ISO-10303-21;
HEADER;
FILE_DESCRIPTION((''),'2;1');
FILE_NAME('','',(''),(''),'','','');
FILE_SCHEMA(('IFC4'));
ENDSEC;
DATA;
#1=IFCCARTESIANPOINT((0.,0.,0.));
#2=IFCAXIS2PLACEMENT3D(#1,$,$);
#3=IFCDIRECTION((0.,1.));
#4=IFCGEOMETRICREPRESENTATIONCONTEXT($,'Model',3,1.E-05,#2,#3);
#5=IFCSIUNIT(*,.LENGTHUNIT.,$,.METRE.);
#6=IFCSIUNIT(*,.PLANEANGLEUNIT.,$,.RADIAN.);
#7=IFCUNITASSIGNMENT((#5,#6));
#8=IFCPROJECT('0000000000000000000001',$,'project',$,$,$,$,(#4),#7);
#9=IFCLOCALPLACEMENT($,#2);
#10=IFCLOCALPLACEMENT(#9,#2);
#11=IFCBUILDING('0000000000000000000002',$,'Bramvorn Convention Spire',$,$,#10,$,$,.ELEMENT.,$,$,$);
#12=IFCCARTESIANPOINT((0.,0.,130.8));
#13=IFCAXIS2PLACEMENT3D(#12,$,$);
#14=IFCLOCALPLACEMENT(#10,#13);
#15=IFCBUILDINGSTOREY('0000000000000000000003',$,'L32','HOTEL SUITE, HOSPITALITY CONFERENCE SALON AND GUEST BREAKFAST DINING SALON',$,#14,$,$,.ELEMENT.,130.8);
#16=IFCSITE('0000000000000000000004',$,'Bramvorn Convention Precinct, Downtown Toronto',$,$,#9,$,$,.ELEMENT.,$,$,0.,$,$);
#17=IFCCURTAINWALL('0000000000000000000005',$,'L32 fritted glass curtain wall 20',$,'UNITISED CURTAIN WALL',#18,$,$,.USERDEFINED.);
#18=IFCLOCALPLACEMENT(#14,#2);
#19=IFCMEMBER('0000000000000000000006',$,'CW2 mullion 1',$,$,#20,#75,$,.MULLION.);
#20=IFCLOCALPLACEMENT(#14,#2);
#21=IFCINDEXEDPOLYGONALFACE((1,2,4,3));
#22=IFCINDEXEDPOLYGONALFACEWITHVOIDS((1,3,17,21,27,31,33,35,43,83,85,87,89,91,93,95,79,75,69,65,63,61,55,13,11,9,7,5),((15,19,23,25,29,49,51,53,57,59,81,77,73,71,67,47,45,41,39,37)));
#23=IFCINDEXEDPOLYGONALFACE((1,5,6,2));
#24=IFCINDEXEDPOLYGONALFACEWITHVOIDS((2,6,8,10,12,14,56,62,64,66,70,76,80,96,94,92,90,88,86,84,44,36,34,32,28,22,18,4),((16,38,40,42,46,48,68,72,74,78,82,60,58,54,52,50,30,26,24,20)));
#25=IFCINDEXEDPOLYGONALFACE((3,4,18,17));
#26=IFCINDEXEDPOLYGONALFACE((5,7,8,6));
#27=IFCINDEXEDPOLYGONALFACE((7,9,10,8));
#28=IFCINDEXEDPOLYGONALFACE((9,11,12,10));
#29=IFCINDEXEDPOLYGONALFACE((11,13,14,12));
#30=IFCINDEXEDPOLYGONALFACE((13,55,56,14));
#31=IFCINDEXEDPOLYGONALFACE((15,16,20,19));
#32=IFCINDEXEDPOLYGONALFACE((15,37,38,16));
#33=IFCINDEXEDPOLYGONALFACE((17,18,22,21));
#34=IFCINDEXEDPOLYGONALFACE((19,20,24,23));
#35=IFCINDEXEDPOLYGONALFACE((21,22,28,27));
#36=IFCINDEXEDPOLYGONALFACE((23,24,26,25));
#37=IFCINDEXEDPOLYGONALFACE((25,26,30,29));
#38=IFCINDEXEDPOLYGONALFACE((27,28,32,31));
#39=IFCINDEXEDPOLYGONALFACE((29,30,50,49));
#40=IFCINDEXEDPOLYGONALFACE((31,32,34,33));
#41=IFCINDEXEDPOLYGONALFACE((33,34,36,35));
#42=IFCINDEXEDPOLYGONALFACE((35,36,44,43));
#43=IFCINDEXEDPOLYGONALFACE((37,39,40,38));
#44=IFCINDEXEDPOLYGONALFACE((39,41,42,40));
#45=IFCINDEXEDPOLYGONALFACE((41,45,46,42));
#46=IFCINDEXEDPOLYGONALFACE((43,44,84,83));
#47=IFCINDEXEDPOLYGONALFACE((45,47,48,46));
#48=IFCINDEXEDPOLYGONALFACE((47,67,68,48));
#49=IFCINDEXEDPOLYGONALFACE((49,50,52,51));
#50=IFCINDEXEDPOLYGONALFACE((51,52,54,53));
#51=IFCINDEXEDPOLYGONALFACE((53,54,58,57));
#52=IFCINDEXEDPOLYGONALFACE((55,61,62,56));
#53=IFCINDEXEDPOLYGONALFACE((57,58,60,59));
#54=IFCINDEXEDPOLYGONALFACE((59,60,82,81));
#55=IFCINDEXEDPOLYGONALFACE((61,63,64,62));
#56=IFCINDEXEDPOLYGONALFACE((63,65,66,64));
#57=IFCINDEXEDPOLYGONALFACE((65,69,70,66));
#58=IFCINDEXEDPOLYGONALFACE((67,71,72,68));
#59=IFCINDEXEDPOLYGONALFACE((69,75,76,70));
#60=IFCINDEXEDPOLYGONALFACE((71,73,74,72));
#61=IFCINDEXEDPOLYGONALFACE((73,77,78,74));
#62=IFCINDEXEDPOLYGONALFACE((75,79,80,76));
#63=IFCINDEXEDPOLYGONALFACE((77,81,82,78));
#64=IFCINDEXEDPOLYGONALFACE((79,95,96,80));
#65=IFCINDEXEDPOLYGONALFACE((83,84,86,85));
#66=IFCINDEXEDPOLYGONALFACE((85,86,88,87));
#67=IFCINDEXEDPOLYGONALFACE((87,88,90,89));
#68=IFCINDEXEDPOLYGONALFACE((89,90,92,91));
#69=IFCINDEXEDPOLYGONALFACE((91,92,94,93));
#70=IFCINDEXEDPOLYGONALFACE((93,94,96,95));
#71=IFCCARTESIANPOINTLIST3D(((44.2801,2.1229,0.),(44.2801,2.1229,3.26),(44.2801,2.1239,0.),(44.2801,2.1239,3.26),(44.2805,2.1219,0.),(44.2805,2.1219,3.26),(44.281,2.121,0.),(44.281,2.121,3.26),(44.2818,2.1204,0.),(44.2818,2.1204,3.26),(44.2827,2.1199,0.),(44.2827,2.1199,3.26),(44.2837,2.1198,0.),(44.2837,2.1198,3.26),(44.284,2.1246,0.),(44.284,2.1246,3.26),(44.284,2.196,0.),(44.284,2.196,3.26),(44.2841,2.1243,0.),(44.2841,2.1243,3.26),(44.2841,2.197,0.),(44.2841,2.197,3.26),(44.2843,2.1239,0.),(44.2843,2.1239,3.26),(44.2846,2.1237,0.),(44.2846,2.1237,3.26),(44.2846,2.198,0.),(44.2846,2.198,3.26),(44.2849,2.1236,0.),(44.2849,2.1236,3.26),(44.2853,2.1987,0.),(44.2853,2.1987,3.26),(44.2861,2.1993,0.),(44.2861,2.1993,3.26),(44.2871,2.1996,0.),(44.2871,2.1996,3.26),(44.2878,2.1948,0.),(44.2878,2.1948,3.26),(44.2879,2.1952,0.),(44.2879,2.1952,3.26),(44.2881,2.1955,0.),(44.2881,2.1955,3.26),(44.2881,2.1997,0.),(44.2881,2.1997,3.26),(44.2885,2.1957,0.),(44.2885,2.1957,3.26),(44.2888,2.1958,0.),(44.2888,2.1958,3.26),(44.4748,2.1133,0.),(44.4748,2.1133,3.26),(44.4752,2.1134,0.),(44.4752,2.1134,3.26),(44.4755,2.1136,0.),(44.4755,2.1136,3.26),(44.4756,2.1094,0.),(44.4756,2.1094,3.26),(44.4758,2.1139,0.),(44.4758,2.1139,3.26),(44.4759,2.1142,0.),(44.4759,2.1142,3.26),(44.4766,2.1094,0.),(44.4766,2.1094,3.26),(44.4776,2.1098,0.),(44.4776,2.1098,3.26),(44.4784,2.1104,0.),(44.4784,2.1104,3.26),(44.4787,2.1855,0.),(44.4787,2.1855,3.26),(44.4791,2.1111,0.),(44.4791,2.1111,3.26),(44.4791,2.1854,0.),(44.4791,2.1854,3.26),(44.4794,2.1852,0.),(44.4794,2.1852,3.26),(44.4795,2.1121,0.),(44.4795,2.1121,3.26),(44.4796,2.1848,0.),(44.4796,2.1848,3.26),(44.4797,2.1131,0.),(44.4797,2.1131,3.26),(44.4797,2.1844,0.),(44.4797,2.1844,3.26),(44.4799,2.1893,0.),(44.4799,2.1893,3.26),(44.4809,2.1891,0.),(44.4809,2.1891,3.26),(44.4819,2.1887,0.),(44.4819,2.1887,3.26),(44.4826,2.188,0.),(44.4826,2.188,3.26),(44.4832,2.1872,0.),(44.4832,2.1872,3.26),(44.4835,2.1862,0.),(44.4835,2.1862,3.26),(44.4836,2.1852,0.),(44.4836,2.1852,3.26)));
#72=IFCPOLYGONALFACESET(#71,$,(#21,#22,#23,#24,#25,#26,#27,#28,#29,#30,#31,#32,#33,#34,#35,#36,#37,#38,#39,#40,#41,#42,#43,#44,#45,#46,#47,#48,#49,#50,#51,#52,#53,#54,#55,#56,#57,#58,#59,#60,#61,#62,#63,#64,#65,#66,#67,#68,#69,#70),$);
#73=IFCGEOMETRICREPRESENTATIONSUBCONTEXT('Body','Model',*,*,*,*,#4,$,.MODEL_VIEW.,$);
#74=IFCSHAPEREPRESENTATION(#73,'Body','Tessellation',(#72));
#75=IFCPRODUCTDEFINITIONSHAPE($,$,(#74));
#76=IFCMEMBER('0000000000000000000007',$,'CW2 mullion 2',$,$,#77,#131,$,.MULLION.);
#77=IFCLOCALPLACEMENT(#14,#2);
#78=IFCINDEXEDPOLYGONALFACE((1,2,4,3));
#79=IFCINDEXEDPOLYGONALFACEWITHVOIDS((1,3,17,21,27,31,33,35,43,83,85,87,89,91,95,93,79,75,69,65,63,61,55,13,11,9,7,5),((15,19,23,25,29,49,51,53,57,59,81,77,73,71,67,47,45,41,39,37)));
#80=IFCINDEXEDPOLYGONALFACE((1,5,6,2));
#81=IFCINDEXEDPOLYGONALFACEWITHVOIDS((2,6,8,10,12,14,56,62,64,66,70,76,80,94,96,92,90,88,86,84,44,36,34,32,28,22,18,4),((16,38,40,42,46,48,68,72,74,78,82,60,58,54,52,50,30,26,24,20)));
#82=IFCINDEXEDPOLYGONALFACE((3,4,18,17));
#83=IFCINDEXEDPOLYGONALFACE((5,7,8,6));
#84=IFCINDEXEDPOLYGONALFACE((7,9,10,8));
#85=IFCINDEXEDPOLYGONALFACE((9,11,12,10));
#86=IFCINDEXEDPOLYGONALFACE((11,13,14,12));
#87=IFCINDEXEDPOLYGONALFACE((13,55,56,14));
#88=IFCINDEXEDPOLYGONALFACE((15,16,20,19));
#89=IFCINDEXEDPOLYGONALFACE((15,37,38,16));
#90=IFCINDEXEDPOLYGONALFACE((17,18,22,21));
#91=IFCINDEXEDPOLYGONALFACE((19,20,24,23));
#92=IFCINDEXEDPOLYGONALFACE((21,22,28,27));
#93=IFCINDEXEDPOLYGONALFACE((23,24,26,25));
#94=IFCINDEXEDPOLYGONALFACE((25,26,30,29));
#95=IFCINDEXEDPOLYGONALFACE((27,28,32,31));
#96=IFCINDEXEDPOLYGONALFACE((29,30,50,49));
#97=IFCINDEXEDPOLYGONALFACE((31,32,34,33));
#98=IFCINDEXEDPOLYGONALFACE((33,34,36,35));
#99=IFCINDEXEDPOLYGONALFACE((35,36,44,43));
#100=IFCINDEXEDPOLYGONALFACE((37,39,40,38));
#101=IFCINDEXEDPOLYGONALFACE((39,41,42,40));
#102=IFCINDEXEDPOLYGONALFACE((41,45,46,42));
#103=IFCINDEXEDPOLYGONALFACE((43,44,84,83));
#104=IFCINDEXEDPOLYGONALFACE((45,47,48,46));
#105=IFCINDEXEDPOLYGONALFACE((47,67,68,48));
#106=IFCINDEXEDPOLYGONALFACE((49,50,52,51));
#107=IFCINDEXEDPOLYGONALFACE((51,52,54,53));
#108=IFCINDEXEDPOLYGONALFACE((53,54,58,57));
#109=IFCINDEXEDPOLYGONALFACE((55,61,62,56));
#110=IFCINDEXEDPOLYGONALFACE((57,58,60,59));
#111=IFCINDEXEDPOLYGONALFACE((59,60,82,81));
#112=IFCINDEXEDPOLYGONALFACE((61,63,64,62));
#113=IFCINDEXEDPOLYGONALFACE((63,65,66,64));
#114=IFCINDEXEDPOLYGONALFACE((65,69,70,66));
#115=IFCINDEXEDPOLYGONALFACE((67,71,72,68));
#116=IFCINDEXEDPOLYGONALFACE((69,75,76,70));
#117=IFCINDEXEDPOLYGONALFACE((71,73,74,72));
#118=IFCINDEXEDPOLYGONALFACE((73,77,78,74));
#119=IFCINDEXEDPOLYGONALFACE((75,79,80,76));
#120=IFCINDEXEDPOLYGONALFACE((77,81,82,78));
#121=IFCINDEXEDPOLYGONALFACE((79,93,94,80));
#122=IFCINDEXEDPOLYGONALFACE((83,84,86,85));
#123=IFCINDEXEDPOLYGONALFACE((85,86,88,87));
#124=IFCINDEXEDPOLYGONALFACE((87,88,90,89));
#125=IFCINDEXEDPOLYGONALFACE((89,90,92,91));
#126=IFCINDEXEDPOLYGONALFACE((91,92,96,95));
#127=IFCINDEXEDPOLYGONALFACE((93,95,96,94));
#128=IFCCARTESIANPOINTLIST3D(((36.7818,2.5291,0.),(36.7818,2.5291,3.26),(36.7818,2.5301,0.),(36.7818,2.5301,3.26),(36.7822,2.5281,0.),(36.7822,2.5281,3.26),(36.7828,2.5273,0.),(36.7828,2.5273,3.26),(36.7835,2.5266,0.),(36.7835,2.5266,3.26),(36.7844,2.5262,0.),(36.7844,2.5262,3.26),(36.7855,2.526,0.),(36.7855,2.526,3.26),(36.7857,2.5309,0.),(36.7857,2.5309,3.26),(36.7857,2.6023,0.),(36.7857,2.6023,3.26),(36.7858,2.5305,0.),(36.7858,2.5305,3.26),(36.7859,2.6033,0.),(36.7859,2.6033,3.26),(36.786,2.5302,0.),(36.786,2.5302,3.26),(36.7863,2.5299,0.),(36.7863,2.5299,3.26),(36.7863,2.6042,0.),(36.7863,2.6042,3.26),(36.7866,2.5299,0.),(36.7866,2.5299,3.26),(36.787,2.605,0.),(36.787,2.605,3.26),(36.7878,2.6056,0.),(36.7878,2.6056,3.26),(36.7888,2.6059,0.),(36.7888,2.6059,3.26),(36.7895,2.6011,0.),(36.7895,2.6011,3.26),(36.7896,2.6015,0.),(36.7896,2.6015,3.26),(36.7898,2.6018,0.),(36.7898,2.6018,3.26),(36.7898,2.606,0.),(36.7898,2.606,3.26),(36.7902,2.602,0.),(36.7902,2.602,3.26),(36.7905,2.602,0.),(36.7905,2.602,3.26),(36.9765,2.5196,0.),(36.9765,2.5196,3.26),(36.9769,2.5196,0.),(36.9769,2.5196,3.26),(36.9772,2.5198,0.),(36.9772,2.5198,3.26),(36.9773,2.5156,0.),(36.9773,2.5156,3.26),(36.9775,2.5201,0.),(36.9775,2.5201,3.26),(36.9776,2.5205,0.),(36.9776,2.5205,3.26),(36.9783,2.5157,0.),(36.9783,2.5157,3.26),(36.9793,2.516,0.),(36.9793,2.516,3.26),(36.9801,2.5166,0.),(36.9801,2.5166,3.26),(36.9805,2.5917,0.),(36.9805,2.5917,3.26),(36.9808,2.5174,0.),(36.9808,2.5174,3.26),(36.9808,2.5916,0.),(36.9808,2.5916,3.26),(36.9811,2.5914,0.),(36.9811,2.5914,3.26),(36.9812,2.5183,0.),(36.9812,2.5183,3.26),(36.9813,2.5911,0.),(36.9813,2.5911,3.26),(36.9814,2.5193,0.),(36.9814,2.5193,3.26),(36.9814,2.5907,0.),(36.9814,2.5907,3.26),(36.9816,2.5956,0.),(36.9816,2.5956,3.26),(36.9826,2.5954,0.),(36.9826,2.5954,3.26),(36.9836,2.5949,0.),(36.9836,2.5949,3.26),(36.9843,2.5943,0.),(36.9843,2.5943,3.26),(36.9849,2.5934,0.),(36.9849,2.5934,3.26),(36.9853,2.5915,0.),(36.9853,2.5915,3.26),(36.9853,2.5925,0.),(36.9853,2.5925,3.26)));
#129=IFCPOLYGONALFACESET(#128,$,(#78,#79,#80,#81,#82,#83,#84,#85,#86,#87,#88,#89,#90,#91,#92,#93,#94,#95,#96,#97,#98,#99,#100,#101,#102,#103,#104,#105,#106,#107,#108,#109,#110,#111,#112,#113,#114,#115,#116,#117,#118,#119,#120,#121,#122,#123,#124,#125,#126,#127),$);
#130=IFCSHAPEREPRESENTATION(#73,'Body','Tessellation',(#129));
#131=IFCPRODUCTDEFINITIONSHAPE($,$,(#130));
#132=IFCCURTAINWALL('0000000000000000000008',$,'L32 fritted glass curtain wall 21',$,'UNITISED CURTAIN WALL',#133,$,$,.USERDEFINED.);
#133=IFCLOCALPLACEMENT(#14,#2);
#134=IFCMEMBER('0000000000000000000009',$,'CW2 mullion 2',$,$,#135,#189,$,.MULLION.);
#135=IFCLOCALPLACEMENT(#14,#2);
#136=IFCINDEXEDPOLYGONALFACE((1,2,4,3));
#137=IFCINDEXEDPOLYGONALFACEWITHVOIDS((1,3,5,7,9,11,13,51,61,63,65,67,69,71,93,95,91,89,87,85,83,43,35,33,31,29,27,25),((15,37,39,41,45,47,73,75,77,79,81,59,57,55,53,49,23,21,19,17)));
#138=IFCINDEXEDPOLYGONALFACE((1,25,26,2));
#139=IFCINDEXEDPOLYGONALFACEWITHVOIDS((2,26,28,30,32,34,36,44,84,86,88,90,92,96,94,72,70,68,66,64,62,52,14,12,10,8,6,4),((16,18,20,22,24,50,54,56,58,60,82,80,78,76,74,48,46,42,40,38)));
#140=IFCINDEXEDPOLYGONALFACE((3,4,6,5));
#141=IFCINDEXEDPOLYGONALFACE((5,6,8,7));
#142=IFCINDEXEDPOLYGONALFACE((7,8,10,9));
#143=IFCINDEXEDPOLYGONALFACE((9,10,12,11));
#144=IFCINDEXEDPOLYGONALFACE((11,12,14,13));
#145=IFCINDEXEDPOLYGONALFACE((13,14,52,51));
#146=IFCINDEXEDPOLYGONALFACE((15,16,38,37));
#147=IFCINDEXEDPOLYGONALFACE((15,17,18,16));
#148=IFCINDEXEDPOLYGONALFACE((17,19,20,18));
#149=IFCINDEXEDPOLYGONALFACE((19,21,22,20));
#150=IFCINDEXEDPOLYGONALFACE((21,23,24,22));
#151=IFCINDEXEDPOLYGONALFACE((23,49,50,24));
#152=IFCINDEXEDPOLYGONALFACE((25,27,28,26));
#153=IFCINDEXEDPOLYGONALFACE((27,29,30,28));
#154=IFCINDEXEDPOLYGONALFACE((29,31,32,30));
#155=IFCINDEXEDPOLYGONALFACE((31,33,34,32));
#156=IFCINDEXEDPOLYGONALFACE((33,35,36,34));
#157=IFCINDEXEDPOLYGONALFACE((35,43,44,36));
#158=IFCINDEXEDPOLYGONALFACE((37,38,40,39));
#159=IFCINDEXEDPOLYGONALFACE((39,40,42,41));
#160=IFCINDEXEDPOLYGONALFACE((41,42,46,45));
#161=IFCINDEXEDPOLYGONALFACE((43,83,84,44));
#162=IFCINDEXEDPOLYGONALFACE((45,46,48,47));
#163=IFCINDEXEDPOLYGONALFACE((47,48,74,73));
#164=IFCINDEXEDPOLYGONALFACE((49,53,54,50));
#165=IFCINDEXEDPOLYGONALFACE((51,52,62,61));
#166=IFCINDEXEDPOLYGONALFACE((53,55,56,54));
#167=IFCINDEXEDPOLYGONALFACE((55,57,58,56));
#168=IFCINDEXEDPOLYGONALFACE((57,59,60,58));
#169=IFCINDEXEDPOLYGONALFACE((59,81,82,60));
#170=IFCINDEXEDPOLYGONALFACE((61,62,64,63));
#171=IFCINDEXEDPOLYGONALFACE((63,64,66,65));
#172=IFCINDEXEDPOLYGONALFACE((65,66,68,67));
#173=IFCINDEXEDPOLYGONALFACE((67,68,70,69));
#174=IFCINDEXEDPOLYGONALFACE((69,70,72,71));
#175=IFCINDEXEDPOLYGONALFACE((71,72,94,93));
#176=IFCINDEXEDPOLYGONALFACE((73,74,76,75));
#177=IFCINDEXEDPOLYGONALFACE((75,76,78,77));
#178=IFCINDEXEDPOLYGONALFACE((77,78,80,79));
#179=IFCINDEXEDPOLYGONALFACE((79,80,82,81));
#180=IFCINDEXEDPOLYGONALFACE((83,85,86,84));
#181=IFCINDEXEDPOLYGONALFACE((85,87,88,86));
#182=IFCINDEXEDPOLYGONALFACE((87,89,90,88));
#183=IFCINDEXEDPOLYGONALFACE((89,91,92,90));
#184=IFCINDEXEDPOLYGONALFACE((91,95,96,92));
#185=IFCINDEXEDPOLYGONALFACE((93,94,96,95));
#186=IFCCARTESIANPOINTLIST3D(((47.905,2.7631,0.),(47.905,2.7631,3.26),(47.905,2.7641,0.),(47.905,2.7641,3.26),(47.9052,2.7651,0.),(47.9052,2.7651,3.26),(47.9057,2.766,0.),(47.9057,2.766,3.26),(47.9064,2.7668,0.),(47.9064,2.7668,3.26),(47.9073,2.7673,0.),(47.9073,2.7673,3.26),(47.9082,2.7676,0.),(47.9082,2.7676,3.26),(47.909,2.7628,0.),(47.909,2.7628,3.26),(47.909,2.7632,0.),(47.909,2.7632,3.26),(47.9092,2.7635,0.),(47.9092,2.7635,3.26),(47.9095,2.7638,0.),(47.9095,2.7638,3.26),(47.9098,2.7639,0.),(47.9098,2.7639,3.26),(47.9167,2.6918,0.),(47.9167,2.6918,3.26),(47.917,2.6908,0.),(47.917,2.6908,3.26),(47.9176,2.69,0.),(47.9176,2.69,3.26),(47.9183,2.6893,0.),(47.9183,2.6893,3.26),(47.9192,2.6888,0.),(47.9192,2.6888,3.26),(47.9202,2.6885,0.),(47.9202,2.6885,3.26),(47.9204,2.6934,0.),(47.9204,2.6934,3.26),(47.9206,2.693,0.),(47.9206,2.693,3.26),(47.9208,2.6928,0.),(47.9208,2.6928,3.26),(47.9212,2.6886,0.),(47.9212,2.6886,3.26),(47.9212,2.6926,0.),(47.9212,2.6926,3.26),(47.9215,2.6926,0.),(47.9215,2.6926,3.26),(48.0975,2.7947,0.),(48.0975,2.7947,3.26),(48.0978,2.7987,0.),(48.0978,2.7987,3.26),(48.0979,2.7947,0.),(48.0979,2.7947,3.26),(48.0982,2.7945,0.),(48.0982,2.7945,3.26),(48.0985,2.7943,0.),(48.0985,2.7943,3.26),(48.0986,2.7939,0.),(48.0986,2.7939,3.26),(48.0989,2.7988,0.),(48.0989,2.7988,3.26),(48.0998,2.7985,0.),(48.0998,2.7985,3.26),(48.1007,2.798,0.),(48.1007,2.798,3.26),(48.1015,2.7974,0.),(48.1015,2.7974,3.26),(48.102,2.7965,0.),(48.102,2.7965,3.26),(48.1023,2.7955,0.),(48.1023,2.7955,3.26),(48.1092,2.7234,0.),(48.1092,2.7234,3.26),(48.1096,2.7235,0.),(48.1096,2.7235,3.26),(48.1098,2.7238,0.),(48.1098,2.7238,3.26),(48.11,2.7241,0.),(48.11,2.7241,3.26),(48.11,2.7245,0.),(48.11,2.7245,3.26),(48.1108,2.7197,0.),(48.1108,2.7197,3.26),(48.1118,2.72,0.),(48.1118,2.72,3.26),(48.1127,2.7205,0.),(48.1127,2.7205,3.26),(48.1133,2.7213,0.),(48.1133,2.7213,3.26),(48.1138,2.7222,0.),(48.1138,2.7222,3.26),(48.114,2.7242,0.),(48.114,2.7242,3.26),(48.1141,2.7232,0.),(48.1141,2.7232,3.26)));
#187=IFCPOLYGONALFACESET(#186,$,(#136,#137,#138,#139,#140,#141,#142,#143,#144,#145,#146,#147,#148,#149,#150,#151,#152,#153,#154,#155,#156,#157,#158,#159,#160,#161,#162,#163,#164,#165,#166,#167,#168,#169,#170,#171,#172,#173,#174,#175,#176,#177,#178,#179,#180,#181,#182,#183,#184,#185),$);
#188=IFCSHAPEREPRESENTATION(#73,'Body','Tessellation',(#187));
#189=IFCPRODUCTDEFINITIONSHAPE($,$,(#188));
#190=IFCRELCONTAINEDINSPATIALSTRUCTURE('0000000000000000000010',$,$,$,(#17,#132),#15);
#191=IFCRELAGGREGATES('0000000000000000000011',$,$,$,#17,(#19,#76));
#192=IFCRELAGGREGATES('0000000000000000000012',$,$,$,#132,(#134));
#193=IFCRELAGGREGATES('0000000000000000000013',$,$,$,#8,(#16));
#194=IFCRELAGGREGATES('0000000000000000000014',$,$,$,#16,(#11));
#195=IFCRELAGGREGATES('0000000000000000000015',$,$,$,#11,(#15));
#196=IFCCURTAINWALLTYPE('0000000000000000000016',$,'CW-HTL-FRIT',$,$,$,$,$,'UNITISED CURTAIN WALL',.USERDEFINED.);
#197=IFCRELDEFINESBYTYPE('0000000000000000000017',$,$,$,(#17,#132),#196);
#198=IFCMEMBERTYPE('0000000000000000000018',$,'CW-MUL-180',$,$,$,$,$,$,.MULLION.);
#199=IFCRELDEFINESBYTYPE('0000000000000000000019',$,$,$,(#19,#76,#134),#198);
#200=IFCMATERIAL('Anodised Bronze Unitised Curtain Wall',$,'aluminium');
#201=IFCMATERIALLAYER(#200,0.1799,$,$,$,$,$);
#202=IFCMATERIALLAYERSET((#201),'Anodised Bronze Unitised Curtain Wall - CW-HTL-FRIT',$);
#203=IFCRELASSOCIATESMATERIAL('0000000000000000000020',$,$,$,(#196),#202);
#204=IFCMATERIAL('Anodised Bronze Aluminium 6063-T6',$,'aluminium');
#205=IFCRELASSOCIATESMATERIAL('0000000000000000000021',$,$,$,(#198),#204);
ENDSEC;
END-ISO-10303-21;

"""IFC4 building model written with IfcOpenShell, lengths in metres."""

from ifc_helpers import new_model, si_unit, direction, frame, origin, origin_2d, place, context, subcontext, project, spatial, hollow_rectangle, extrude, material, layer, layer_set, material_profile, profile_set, type_object, element, aggregate, save


model = new_model("IFC4")

# Units and contexts
model_context = context("Model", 3, precision=1e-05, world=origin(), true_north=direction((0.0, 1.0)))
body_context = subcontext(model_context, "Body", "Model", "MODEL_VIEW")
ifc_project = project(units=[si_unit("LENGTHUNIT", "METRE"), si_unit("PLANEANGLEUNIT", "RADIAN")], contexts=[model_context])

# Site, building, storey
site_placement = place(None, origin())
site = spatial("IfcSite", under=ifc_project, at=site_placement, Name="Bramvorn Convention Precinct, Downtown Toronto", CompositionType="ELEMENT", RefElevation=0.0)
building_placement = place(site_placement, origin())
building = spatial("IfcBuilding", under=site, at=building_placement, Name="Bramvorn Convention Spire", CompositionType="ELEMENT")
storey_placement = place(building_placement, frame((0.0, 0.0, 130.8)))
storey = spatial("IfcBuildingStorey", under=building, at=storey_placement, Name="L32", Description="HOTEL SUITE, HOSPITALITY CONFERENCE SALON AND GUEST BREAKFAST DINING SALON", CompositionType="ELEMENT", Elevation=130.8)

# Curtain walls, members
ifc_material_1 = material(Name="Anodised Bronze Unitised Curtain Wall", Category="aluminium")
ifc_layer_1 = layer(ifc_material_1, 0.1799)
ifc_layer_set_1 = layer_set([ifc_layer_1], Name="Anodised Bronze Unitised Curtain Wall - CW-HTL-FRIT")
curtain_wall_type = type_object("IfcCurtainWallType", Name="CW-HTL-FRIT", ElementType="UNITISED CURTAIN WALL", PredefinedType="USERDEFINED", material=ifc_layer_set_1)
curtain_wall_1_placement = place(storey_placement, origin())
curtain_wall_1 = element("IfcCurtainWall", 1, at=curtain_wall_1_placement, inside=storey, type_object=curtain_wall_type, Name="L32 fritted glass curtain wall 20", ObjectType="UNITISED CURTAIN WALL", PredefinedType="USERDEFINED")
ifc_material_2 = material(Name="Anodised Bronze Aluminium 6063-T6", Category="aluminium")
ifc_material_profile_1 = material_profile(ifc_material_2, hollow_rectangle(XDim=0.0801, YDim=0.2, WallThickness=0.0039, InnerFilletRadius=0.001, OuterFilletRadius=0.0039, at=origin_2d()))
ifc_profile_set_1 = profile_set([ifc_material_profile_1], Name="Anodised Bronze Aluminium 6063-T6 - CWM80X200")
member_type_1 = type_object("IfcMemberType", Name="CW-MUL-180", PredefinedType="MULLION", material=ifc_profile_set_1)
member_1_placement = place(storey_placement, frame((44.3818, 2.1545, 0.0), z_axis=(0.0, 0.0, 1.0), x_axis=(-0.054088, -0.998536, 0.0)))
member_1 = element("IfcMember", 2, at=member_1_placement, type_object=member_type_1, Name="CW2 mullion 1", PredefinedType="MULLION", context=body_context, shape_type="SweptSolid", body=[
    extrude(hollow_rectangle(XDim=0.0801, YDim=0.2, WallThickness=0.0039, InnerFilletRadius=0.001, OuterFilletRadius=0.0039, at=origin_2d()), origin(), (0.0, 0.0, 1.0), 3.26),
])
member_2_placement = place(storey_placement, frame((36.8835, 2.5608, 0.0), z_axis=(0.0, 0.0, 1.0), x_axis=(-0.054088, -0.998536, 0.0)))
member_2 = element("IfcMember", 3, at=member_2_placement, type_object=member_type_1, Name="CW2 mullion 2", PredefinedType="MULLION", context=body_context, shape_type="SweptSolid", body=[
    extrude(hollow_rectangle(XDim=0.0801, YDim=0.2, WallThickness=0.0039, InnerFilletRadius=0.001, OuterFilletRadius=0.0039, at=origin_2d()), origin(), (0.0, 0.0, 1.0), 3.26),
])
curtain_wall_2_placement = place(storey_placement, origin())
curtain_wall_2 = element("IfcCurtainWall", 4, at=curtain_wall_2_placement, inside=storey, type_object=curtain_wall_type, Name="L32 fritted glass curtain wall 21", ObjectType="UNITISED CURTAIN WALL", PredefinedType="USERDEFINED")
member_3_placement = place(storey_placement, frame((48.0095, 2.7437, 0.0), z_axis=(0.0, 0.0, 1.0), x_axis=(0.162043, -0.986784, 0.0)))
member_3 = element("IfcMember", 5, at=member_3_placement, type_object=member_type_1, Name="CW2 mullion 2", PredefinedType="MULLION", context=body_context, shape_type="SweptSolid", body=[
    extrude(hollow_rectangle(XDim=0.0801, YDim=0.2, WallThickness=0.0039, InnerFilletRadius=0.001, OuterFilletRadius=0.0039, at=origin_2d()), origin(), (0.0, 0.0, 1.0), 3.26),
])

aggregate(curtain_wall_1, [member_1, member_2])
aggregate(curtain_wall_2, [member_3])

save(model, "model.ifc")
